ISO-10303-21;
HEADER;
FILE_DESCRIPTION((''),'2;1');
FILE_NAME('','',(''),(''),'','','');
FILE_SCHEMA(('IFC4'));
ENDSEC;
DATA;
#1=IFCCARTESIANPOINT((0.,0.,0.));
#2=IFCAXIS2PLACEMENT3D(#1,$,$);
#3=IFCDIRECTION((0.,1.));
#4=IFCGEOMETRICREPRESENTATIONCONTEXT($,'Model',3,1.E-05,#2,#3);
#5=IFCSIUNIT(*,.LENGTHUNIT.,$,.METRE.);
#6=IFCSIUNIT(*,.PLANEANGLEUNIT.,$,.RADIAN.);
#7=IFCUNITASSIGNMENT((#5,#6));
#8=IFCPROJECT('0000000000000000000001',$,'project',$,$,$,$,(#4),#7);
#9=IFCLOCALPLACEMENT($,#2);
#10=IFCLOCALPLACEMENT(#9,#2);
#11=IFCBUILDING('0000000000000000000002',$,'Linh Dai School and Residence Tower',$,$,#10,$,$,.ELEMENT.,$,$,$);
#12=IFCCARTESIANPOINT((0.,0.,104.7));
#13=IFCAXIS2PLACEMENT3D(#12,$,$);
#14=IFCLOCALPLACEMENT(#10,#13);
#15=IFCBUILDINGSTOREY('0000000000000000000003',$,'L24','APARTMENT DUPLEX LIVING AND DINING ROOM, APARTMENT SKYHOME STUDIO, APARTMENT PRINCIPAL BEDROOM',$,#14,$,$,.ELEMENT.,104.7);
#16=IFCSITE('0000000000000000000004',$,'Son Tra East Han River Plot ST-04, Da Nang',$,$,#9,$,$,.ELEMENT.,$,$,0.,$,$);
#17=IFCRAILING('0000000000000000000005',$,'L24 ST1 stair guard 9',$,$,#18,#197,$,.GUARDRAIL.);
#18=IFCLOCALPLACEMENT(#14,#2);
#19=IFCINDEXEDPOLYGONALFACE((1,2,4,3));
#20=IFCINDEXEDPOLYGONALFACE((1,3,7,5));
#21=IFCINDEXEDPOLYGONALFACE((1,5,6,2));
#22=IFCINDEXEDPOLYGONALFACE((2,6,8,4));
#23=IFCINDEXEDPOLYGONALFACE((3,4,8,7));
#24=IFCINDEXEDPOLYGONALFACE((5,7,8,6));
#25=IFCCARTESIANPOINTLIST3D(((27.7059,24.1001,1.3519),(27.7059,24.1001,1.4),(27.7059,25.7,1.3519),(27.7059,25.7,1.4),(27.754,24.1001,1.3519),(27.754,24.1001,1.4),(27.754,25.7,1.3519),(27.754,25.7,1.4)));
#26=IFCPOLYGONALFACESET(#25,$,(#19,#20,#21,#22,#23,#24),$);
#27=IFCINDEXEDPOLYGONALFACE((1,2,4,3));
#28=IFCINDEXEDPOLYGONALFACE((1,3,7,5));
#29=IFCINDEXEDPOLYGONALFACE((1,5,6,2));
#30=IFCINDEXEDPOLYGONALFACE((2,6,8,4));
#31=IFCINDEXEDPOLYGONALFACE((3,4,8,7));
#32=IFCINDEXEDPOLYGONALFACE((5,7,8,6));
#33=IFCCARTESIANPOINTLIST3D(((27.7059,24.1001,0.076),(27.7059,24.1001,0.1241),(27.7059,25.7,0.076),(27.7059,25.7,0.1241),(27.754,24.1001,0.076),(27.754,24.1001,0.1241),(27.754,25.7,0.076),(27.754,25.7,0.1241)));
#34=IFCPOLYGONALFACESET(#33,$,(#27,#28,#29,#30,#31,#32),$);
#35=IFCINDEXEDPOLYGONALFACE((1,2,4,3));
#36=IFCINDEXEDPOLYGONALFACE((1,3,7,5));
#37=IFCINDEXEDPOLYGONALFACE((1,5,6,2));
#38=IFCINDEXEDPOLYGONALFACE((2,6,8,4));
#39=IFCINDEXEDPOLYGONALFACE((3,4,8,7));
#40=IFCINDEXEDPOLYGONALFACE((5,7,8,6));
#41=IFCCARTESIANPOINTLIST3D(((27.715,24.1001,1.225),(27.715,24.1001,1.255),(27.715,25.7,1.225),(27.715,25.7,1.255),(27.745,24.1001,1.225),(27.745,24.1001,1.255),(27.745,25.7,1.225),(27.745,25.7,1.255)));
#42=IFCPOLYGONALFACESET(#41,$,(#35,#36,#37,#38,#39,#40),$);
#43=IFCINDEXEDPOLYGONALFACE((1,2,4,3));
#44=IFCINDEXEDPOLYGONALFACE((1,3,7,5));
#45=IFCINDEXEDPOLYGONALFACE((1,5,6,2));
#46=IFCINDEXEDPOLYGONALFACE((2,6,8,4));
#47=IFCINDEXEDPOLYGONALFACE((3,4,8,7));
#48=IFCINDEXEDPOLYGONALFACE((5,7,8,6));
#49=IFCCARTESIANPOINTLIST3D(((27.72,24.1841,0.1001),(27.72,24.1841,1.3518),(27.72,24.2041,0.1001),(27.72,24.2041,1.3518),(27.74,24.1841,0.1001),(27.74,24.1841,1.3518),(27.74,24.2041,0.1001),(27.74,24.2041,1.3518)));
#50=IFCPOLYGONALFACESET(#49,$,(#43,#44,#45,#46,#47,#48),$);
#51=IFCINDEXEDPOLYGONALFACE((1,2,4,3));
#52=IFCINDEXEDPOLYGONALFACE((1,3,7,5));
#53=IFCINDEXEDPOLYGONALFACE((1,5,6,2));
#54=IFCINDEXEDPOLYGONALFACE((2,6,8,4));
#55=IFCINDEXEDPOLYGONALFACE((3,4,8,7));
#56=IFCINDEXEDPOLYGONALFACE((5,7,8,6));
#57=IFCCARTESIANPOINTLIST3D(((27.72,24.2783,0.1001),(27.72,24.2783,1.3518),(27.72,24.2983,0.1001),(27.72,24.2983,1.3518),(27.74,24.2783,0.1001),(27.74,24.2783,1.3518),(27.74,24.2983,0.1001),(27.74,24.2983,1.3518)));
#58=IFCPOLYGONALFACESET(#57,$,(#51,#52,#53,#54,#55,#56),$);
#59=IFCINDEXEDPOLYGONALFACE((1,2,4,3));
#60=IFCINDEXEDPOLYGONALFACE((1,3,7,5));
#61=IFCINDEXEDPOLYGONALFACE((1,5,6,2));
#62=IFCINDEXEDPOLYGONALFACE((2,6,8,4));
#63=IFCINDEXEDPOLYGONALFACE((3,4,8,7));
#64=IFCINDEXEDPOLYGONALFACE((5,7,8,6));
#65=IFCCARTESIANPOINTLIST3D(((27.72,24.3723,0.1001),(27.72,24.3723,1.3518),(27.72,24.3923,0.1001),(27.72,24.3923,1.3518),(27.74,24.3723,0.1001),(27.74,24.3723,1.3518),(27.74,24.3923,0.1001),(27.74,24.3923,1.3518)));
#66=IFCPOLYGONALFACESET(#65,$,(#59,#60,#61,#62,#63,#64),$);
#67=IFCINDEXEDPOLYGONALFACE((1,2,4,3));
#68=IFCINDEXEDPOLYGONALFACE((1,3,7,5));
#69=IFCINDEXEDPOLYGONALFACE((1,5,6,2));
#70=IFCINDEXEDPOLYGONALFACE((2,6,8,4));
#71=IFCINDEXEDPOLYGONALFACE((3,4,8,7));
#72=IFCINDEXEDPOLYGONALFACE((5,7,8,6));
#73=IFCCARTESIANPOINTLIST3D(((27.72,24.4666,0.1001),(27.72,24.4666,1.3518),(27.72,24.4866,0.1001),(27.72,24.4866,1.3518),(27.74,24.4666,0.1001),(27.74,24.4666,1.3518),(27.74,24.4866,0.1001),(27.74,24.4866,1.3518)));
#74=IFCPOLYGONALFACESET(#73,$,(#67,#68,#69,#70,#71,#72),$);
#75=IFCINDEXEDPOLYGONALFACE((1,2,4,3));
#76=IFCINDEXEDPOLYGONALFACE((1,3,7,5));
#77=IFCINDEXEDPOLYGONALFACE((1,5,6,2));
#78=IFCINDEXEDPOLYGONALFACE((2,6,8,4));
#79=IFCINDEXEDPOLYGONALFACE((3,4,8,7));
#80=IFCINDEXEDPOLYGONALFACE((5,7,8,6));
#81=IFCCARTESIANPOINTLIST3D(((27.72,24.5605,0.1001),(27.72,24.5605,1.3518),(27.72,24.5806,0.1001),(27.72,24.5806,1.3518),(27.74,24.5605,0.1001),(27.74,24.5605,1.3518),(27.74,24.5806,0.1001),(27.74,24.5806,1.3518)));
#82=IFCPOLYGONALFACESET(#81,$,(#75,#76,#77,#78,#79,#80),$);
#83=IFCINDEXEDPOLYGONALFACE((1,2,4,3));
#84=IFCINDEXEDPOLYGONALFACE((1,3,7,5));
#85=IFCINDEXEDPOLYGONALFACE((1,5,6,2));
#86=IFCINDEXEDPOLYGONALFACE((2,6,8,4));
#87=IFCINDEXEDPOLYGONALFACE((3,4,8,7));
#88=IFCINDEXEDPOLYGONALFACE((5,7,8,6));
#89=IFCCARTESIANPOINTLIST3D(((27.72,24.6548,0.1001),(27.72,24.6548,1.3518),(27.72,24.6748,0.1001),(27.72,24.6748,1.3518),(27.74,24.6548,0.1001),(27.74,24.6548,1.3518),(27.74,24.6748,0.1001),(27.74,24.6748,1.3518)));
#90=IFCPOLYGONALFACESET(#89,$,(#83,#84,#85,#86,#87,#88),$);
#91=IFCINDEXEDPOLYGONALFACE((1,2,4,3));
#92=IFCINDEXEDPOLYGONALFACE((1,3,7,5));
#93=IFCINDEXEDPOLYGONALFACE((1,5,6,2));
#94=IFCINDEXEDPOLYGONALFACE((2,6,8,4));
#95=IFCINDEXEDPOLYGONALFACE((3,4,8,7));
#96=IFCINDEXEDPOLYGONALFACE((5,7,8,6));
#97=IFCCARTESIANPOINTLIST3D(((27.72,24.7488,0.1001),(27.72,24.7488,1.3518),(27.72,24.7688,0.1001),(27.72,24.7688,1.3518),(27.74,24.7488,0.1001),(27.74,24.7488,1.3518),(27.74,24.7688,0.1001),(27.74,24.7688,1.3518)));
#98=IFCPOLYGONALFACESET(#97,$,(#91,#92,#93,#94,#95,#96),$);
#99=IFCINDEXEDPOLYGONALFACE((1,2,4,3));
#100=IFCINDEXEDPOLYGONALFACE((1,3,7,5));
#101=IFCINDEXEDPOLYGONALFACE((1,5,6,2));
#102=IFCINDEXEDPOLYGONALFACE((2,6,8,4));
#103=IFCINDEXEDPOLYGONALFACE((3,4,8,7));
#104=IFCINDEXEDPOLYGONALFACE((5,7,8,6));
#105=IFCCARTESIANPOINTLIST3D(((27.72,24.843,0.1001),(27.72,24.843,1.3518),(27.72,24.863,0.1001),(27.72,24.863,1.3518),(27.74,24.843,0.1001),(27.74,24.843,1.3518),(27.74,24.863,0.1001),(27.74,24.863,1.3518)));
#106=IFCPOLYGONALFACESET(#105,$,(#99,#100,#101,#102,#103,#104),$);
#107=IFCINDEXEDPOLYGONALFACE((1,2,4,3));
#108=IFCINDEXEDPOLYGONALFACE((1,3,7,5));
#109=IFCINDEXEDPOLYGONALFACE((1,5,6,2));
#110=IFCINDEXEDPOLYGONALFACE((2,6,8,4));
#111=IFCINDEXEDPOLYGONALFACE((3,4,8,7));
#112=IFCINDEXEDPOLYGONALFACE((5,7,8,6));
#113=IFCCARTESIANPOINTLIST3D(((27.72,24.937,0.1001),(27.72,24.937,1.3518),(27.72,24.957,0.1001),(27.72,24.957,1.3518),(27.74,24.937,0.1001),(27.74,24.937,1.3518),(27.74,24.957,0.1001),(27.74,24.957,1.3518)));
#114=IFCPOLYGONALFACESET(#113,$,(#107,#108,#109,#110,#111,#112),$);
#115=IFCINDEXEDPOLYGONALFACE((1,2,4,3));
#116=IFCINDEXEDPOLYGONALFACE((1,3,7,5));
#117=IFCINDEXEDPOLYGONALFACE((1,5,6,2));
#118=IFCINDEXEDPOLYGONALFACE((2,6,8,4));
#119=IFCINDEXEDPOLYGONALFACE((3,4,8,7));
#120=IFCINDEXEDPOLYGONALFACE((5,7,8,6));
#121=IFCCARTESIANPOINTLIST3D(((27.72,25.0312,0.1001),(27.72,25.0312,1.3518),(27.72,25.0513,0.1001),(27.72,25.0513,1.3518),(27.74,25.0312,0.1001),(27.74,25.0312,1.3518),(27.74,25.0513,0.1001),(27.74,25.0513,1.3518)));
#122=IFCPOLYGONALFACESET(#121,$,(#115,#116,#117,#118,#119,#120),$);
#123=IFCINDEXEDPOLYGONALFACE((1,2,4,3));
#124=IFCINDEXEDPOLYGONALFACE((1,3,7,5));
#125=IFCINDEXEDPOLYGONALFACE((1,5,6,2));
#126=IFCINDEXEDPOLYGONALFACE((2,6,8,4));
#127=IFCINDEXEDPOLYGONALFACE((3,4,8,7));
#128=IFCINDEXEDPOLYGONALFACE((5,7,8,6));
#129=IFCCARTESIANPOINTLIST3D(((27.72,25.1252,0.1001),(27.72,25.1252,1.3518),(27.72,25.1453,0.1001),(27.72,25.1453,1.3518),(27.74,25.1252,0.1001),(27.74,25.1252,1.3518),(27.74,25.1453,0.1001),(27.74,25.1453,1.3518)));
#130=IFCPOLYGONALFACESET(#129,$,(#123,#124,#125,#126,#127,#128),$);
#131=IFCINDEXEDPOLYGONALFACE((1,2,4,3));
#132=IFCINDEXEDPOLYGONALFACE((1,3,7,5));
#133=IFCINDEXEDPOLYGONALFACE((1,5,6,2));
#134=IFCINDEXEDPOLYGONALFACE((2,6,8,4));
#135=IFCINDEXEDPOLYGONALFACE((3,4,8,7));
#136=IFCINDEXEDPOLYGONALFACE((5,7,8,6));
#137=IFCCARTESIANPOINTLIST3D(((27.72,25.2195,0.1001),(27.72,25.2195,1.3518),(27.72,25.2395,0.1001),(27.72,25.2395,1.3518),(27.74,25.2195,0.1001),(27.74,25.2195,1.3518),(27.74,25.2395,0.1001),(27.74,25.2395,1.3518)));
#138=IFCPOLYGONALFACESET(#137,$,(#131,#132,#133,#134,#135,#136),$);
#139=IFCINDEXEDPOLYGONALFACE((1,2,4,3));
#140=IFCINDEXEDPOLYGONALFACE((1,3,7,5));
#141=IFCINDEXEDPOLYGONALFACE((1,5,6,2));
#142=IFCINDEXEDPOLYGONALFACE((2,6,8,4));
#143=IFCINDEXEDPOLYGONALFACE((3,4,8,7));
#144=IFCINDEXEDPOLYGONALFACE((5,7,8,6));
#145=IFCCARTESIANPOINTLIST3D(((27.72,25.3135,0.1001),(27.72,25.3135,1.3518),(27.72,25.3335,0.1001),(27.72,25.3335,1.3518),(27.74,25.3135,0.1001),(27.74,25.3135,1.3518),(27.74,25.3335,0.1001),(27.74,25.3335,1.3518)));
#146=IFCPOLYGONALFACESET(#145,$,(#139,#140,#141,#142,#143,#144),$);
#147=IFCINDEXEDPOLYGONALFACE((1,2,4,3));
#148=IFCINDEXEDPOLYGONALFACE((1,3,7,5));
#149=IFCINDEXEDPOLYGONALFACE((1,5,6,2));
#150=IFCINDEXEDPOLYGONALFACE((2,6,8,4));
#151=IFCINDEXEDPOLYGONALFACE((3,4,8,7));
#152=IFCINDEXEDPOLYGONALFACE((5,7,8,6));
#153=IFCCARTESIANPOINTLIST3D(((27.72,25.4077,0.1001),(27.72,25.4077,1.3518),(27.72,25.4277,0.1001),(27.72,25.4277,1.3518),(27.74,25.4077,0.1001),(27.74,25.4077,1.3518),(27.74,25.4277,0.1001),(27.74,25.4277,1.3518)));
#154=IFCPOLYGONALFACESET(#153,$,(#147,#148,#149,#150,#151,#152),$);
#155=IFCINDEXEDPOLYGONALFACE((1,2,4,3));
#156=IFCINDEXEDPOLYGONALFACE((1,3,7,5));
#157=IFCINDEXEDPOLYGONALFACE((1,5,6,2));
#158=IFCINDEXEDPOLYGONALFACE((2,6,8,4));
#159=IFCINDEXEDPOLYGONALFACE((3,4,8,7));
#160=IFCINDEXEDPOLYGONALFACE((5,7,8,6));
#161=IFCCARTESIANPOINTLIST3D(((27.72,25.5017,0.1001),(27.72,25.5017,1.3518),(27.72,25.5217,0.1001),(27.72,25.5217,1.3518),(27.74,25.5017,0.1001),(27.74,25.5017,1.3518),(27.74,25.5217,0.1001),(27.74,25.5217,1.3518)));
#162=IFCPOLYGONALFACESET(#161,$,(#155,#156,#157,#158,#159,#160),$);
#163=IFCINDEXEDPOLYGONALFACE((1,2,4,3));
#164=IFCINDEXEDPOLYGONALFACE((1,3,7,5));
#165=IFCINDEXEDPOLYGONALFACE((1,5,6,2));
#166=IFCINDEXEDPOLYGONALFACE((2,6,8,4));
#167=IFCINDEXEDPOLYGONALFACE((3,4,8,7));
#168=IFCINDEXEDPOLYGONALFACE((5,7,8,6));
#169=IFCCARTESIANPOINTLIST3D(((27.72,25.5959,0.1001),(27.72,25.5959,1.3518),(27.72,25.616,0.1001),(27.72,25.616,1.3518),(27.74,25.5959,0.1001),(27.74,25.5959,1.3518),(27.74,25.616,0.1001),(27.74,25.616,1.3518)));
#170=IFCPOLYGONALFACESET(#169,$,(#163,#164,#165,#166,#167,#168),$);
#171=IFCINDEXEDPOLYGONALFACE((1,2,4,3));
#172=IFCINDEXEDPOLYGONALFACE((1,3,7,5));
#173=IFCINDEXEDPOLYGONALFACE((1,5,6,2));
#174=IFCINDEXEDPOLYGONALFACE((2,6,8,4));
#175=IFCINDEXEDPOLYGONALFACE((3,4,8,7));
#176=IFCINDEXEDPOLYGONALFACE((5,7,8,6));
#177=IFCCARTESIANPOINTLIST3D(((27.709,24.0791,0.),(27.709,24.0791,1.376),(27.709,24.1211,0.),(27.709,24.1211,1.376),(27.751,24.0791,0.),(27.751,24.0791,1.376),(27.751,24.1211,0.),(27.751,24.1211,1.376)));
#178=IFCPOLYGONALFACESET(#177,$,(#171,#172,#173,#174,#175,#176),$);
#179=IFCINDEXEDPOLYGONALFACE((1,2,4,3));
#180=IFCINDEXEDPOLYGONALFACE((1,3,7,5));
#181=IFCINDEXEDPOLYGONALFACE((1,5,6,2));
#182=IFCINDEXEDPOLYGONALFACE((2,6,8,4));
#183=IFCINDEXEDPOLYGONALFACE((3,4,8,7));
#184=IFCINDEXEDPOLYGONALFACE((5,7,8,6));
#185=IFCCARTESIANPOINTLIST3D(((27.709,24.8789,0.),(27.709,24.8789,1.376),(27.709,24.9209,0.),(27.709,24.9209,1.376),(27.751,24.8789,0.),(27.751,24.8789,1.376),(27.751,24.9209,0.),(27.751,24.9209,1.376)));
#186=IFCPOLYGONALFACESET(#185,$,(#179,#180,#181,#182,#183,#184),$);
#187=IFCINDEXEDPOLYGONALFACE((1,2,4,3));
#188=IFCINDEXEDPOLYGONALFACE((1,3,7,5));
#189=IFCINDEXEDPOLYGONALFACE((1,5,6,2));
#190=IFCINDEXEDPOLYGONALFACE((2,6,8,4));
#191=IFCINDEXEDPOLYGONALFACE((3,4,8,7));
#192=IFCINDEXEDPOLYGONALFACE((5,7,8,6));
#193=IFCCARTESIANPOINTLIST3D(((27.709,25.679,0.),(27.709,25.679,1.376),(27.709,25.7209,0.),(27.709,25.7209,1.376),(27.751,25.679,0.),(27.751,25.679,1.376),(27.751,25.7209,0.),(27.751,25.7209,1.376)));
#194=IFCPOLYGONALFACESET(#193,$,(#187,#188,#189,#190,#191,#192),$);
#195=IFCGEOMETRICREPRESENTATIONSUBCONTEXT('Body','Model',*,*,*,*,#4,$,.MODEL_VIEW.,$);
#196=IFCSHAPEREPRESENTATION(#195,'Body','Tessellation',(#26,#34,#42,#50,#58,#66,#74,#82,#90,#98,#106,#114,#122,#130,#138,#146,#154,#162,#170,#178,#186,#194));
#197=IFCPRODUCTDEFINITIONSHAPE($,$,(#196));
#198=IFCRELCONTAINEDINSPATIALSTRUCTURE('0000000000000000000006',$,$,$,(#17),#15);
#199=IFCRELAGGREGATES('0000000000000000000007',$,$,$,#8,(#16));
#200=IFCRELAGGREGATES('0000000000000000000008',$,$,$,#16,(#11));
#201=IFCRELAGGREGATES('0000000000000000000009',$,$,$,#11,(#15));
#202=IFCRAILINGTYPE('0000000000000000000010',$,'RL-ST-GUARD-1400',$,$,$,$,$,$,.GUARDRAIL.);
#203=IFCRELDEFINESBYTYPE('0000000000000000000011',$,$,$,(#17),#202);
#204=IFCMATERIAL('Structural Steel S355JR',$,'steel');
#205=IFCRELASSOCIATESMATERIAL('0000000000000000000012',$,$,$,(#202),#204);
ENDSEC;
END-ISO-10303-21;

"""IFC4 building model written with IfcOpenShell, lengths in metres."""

from ifc_helpers import new_model, si_unit, direction, frame, origin, origin_2d, place, context, subcontext, project, spatial, rectangle, extrude, source, transform, mapped, material, type_object, element, save


model = new_model("IFC4")

# Units and contexts
model_context = context("Model", 3, precision=1e-05, world=origin(), true_north=direction((0.0, 1.0)))
body_context = subcontext(model_context, "Body", "Model", "MODEL_VIEW")
ifc_project = project(units=[si_unit("LENGTHUNIT", "METRE"), si_unit("PLANEANGLEUNIT", "RADIAN")], contexts=[model_context])

# Site, building, storey
site_placement = place(None, origin())
site = spatial("IfcSite", under=ifc_project, at=site_placement, Name="Son Tra East Han River Plot ST-04, Da Nang", CompositionType="ELEMENT", RefElevation=0.0)
building_placement = place(site_placement, origin())
building = spatial("IfcBuilding", under=site, at=building_placement, Name="Linh Dai School and Residence Tower", CompositionType="ELEMENT")
storey_placement = place(building_placement, frame((0.0, 0.0, 104.7)))
storey = spatial("IfcBuildingStorey", under=building, at=storey_placement, Name="L24", Description="APARTMENT DUPLEX LIVING AND DINING ROOM, APARTMENT SKYHOME STUDIO, APARTMENT PRINCIPAL BEDROOM", CompositionType="ELEMENT", Elevation=104.7)

# Shared definitions
ifc_material_1 = material(Name="Structural Steel S355JR", Category="steel")

# Railing
railing_type = type_object("IfcRailingType", Name="RL-ST-GUARD-1400", PredefinedType="GUARDRAIL", material=ifc_material_1)
shared_shape_1 = source(origin(), body_context, "Body", "SweptSolid", [
    extrude(rectangle(XDim=0.0481, YDim=0.0481, at=origin_2d()), frame((0.0, 0.0, 1.376), z_axis=(0.0, 1.0, 0.0), x_axis=(-1.0, 0.0, 0.0)), (0.0, 0.0, 1.0), 1.5999),
    extrude(rectangle(XDim=0.0481, YDim=0.0481, at=origin_2d()), frame((0.0, 0.0, 0.1001), z_axis=(0.0, 1.0, 0.0), x_axis=(-1.0, 0.0, 0.0)), (0.0, 0.0, 1.0), 1.5999),
    extrude(rectangle(XDim=0.03, YDim=0.03, at=origin_2d()), frame((0.0, 0.0, 1.24), z_axis=(0.0, 1.0, 0.0), x_axis=(-1.0, 0.0, 0.0)), (0.0, 0.0, 1.0), 1.5999),
    extrude(rectangle(XDim=0.02, YDim=0.02, at=origin_2d()), frame((0.0, 0.094, 0.1001)), (0.0, 0.0, 1.0), 1.2517),
    extrude(rectangle(XDim=0.02, YDim=0.02, at=origin_2d()), frame((0.0, 0.1882, 0.1001)), (0.0, 0.0, 1.0), 1.2517),
    extrude(rectangle(XDim=0.02, YDim=0.02, at=origin_2d()), frame((0.0, 0.2822, 0.1001)), (0.0, 0.0, 1.0), 1.2517),
    extrude(rectangle(XDim=0.02, YDim=0.02, at=origin_2d()), frame((0.0, 0.3765, 0.1001)), (0.0, 0.0, 1.0), 1.2517),
    extrude(rectangle(XDim=0.02, YDim=0.02, at=origin_2d()), frame((0.0, 0.4705, 0.1001)), (0.0, 0.0, 1.0), 1.2517),
    extrude(rectangle(XDim=0.02, YDim=0.02, at=origin_2d()), frame((0.0, 0.5647, 0.1001)), (0.0, 0.0, 1.0), 1.2517),
    extrude(rectangle(XDim=0.02, YDim=0.02, at=origin_2d()), frame((0.0, 0.6587, 0.1001)), (0.0, 0.0, 1.0), 1.2517),
    extrude(rectangle(XDim=0.02, YDim=0.02, at=origin_2d()), frame((0.0, 0.7529, 0.1001)), (0.0, 0.0, 1.0), 1.2517),
    extrude(rectangle(XDim=0.02, YDim=0.02, at=origin_2d()), frame((0.0, 0.8469, 0.1001)), (0.0, 0.0, 1.0), 1.2517),
    extrude(rectangle(XDim=0.02, YDim=0.02, at=origin_2d()), frame((0.0, 0.9412, 0.1001)), (0.0, 0.0, 1.0), 1.2517),
    extrude(rectangle(XDim=0.02, YDim=0.02, at=origin_2d()), frame((0.0, 1.0352, 0.1001)), (0.0, 0.0, 1.0), 1.2517),
    extrude(rectangle(XDim=0.02, YDim=0.02, at=origin_2d()), frame((0.0, 1.1294, 0.1001)), (0.0, 0.0, 1.0), 1.2517),
    extrude(rectangle(XDim=0.02, YDim=0.02, at=origin_2d()), frame((0.0, 1.2234, 0.1001)), (0.0, 0.0, 1.0), 1.2517),
    extrude(rectangle(XDim=0.02, YDim=0.02, at=origin_2d()), frame((0.0, 1.3176, 0.1001)), (0.0, 0.0, 1.0), 1.2517),
    extrude(rectangle(XDim=0.02, YDim=0.02, at=origin_2d()), frame((0.0, 1.4116, 0.1001)), (0.0, 0.0, 1.0), 1.2517),
    extrude(rectangle(XDim=0.02, YDim=0.02, at=origin_2d()), frame((0.0, 1.5059, 0.1001)), (0.0, 0.0, 1.0), 1.2517),
    extrude(rectangle(XDim=0.042, YDim=0.042, at=origin_2d()), origin(), (0.0, 0.0, 1.0), 1.376),
    extrude(rectangle(XDim=0.042, YDim=0.042, at=origin_2d()), frame((0.0, 0.7998, 0.0)), (0.0, 0.0, 1.0), 1.376),
    extrude(rectangle(XDim=0.042, YDim=0.042, at=origin_2d()), frame((0.0, 1.5999, 0.0)), (0.0, 0.0, 1.0), 1.376),
])
for number, where, name in (
    (1, (27.73, 24.1001, 0.0), "L24 ST1 stair guard 9"),
):
    element("IfcRailing", number, at=place(storey_placement, frame(where)), inside=storey, type_object=railing_type, Name=name, PredefinedType="GUARDRAIL", context=body_context, shape_type="MappedRepresentation", body=[
        mapped(shared_shape_1, transform((0.0, 0.0, 0.0), x_axis=(1.0, 0.0, 0.0), y_axis=(0.0, 1.0, 0.0), z_axis=(0.0, 0.0, 1.0), scale=1.0)),
    ])

save(model, "model.ifc")
